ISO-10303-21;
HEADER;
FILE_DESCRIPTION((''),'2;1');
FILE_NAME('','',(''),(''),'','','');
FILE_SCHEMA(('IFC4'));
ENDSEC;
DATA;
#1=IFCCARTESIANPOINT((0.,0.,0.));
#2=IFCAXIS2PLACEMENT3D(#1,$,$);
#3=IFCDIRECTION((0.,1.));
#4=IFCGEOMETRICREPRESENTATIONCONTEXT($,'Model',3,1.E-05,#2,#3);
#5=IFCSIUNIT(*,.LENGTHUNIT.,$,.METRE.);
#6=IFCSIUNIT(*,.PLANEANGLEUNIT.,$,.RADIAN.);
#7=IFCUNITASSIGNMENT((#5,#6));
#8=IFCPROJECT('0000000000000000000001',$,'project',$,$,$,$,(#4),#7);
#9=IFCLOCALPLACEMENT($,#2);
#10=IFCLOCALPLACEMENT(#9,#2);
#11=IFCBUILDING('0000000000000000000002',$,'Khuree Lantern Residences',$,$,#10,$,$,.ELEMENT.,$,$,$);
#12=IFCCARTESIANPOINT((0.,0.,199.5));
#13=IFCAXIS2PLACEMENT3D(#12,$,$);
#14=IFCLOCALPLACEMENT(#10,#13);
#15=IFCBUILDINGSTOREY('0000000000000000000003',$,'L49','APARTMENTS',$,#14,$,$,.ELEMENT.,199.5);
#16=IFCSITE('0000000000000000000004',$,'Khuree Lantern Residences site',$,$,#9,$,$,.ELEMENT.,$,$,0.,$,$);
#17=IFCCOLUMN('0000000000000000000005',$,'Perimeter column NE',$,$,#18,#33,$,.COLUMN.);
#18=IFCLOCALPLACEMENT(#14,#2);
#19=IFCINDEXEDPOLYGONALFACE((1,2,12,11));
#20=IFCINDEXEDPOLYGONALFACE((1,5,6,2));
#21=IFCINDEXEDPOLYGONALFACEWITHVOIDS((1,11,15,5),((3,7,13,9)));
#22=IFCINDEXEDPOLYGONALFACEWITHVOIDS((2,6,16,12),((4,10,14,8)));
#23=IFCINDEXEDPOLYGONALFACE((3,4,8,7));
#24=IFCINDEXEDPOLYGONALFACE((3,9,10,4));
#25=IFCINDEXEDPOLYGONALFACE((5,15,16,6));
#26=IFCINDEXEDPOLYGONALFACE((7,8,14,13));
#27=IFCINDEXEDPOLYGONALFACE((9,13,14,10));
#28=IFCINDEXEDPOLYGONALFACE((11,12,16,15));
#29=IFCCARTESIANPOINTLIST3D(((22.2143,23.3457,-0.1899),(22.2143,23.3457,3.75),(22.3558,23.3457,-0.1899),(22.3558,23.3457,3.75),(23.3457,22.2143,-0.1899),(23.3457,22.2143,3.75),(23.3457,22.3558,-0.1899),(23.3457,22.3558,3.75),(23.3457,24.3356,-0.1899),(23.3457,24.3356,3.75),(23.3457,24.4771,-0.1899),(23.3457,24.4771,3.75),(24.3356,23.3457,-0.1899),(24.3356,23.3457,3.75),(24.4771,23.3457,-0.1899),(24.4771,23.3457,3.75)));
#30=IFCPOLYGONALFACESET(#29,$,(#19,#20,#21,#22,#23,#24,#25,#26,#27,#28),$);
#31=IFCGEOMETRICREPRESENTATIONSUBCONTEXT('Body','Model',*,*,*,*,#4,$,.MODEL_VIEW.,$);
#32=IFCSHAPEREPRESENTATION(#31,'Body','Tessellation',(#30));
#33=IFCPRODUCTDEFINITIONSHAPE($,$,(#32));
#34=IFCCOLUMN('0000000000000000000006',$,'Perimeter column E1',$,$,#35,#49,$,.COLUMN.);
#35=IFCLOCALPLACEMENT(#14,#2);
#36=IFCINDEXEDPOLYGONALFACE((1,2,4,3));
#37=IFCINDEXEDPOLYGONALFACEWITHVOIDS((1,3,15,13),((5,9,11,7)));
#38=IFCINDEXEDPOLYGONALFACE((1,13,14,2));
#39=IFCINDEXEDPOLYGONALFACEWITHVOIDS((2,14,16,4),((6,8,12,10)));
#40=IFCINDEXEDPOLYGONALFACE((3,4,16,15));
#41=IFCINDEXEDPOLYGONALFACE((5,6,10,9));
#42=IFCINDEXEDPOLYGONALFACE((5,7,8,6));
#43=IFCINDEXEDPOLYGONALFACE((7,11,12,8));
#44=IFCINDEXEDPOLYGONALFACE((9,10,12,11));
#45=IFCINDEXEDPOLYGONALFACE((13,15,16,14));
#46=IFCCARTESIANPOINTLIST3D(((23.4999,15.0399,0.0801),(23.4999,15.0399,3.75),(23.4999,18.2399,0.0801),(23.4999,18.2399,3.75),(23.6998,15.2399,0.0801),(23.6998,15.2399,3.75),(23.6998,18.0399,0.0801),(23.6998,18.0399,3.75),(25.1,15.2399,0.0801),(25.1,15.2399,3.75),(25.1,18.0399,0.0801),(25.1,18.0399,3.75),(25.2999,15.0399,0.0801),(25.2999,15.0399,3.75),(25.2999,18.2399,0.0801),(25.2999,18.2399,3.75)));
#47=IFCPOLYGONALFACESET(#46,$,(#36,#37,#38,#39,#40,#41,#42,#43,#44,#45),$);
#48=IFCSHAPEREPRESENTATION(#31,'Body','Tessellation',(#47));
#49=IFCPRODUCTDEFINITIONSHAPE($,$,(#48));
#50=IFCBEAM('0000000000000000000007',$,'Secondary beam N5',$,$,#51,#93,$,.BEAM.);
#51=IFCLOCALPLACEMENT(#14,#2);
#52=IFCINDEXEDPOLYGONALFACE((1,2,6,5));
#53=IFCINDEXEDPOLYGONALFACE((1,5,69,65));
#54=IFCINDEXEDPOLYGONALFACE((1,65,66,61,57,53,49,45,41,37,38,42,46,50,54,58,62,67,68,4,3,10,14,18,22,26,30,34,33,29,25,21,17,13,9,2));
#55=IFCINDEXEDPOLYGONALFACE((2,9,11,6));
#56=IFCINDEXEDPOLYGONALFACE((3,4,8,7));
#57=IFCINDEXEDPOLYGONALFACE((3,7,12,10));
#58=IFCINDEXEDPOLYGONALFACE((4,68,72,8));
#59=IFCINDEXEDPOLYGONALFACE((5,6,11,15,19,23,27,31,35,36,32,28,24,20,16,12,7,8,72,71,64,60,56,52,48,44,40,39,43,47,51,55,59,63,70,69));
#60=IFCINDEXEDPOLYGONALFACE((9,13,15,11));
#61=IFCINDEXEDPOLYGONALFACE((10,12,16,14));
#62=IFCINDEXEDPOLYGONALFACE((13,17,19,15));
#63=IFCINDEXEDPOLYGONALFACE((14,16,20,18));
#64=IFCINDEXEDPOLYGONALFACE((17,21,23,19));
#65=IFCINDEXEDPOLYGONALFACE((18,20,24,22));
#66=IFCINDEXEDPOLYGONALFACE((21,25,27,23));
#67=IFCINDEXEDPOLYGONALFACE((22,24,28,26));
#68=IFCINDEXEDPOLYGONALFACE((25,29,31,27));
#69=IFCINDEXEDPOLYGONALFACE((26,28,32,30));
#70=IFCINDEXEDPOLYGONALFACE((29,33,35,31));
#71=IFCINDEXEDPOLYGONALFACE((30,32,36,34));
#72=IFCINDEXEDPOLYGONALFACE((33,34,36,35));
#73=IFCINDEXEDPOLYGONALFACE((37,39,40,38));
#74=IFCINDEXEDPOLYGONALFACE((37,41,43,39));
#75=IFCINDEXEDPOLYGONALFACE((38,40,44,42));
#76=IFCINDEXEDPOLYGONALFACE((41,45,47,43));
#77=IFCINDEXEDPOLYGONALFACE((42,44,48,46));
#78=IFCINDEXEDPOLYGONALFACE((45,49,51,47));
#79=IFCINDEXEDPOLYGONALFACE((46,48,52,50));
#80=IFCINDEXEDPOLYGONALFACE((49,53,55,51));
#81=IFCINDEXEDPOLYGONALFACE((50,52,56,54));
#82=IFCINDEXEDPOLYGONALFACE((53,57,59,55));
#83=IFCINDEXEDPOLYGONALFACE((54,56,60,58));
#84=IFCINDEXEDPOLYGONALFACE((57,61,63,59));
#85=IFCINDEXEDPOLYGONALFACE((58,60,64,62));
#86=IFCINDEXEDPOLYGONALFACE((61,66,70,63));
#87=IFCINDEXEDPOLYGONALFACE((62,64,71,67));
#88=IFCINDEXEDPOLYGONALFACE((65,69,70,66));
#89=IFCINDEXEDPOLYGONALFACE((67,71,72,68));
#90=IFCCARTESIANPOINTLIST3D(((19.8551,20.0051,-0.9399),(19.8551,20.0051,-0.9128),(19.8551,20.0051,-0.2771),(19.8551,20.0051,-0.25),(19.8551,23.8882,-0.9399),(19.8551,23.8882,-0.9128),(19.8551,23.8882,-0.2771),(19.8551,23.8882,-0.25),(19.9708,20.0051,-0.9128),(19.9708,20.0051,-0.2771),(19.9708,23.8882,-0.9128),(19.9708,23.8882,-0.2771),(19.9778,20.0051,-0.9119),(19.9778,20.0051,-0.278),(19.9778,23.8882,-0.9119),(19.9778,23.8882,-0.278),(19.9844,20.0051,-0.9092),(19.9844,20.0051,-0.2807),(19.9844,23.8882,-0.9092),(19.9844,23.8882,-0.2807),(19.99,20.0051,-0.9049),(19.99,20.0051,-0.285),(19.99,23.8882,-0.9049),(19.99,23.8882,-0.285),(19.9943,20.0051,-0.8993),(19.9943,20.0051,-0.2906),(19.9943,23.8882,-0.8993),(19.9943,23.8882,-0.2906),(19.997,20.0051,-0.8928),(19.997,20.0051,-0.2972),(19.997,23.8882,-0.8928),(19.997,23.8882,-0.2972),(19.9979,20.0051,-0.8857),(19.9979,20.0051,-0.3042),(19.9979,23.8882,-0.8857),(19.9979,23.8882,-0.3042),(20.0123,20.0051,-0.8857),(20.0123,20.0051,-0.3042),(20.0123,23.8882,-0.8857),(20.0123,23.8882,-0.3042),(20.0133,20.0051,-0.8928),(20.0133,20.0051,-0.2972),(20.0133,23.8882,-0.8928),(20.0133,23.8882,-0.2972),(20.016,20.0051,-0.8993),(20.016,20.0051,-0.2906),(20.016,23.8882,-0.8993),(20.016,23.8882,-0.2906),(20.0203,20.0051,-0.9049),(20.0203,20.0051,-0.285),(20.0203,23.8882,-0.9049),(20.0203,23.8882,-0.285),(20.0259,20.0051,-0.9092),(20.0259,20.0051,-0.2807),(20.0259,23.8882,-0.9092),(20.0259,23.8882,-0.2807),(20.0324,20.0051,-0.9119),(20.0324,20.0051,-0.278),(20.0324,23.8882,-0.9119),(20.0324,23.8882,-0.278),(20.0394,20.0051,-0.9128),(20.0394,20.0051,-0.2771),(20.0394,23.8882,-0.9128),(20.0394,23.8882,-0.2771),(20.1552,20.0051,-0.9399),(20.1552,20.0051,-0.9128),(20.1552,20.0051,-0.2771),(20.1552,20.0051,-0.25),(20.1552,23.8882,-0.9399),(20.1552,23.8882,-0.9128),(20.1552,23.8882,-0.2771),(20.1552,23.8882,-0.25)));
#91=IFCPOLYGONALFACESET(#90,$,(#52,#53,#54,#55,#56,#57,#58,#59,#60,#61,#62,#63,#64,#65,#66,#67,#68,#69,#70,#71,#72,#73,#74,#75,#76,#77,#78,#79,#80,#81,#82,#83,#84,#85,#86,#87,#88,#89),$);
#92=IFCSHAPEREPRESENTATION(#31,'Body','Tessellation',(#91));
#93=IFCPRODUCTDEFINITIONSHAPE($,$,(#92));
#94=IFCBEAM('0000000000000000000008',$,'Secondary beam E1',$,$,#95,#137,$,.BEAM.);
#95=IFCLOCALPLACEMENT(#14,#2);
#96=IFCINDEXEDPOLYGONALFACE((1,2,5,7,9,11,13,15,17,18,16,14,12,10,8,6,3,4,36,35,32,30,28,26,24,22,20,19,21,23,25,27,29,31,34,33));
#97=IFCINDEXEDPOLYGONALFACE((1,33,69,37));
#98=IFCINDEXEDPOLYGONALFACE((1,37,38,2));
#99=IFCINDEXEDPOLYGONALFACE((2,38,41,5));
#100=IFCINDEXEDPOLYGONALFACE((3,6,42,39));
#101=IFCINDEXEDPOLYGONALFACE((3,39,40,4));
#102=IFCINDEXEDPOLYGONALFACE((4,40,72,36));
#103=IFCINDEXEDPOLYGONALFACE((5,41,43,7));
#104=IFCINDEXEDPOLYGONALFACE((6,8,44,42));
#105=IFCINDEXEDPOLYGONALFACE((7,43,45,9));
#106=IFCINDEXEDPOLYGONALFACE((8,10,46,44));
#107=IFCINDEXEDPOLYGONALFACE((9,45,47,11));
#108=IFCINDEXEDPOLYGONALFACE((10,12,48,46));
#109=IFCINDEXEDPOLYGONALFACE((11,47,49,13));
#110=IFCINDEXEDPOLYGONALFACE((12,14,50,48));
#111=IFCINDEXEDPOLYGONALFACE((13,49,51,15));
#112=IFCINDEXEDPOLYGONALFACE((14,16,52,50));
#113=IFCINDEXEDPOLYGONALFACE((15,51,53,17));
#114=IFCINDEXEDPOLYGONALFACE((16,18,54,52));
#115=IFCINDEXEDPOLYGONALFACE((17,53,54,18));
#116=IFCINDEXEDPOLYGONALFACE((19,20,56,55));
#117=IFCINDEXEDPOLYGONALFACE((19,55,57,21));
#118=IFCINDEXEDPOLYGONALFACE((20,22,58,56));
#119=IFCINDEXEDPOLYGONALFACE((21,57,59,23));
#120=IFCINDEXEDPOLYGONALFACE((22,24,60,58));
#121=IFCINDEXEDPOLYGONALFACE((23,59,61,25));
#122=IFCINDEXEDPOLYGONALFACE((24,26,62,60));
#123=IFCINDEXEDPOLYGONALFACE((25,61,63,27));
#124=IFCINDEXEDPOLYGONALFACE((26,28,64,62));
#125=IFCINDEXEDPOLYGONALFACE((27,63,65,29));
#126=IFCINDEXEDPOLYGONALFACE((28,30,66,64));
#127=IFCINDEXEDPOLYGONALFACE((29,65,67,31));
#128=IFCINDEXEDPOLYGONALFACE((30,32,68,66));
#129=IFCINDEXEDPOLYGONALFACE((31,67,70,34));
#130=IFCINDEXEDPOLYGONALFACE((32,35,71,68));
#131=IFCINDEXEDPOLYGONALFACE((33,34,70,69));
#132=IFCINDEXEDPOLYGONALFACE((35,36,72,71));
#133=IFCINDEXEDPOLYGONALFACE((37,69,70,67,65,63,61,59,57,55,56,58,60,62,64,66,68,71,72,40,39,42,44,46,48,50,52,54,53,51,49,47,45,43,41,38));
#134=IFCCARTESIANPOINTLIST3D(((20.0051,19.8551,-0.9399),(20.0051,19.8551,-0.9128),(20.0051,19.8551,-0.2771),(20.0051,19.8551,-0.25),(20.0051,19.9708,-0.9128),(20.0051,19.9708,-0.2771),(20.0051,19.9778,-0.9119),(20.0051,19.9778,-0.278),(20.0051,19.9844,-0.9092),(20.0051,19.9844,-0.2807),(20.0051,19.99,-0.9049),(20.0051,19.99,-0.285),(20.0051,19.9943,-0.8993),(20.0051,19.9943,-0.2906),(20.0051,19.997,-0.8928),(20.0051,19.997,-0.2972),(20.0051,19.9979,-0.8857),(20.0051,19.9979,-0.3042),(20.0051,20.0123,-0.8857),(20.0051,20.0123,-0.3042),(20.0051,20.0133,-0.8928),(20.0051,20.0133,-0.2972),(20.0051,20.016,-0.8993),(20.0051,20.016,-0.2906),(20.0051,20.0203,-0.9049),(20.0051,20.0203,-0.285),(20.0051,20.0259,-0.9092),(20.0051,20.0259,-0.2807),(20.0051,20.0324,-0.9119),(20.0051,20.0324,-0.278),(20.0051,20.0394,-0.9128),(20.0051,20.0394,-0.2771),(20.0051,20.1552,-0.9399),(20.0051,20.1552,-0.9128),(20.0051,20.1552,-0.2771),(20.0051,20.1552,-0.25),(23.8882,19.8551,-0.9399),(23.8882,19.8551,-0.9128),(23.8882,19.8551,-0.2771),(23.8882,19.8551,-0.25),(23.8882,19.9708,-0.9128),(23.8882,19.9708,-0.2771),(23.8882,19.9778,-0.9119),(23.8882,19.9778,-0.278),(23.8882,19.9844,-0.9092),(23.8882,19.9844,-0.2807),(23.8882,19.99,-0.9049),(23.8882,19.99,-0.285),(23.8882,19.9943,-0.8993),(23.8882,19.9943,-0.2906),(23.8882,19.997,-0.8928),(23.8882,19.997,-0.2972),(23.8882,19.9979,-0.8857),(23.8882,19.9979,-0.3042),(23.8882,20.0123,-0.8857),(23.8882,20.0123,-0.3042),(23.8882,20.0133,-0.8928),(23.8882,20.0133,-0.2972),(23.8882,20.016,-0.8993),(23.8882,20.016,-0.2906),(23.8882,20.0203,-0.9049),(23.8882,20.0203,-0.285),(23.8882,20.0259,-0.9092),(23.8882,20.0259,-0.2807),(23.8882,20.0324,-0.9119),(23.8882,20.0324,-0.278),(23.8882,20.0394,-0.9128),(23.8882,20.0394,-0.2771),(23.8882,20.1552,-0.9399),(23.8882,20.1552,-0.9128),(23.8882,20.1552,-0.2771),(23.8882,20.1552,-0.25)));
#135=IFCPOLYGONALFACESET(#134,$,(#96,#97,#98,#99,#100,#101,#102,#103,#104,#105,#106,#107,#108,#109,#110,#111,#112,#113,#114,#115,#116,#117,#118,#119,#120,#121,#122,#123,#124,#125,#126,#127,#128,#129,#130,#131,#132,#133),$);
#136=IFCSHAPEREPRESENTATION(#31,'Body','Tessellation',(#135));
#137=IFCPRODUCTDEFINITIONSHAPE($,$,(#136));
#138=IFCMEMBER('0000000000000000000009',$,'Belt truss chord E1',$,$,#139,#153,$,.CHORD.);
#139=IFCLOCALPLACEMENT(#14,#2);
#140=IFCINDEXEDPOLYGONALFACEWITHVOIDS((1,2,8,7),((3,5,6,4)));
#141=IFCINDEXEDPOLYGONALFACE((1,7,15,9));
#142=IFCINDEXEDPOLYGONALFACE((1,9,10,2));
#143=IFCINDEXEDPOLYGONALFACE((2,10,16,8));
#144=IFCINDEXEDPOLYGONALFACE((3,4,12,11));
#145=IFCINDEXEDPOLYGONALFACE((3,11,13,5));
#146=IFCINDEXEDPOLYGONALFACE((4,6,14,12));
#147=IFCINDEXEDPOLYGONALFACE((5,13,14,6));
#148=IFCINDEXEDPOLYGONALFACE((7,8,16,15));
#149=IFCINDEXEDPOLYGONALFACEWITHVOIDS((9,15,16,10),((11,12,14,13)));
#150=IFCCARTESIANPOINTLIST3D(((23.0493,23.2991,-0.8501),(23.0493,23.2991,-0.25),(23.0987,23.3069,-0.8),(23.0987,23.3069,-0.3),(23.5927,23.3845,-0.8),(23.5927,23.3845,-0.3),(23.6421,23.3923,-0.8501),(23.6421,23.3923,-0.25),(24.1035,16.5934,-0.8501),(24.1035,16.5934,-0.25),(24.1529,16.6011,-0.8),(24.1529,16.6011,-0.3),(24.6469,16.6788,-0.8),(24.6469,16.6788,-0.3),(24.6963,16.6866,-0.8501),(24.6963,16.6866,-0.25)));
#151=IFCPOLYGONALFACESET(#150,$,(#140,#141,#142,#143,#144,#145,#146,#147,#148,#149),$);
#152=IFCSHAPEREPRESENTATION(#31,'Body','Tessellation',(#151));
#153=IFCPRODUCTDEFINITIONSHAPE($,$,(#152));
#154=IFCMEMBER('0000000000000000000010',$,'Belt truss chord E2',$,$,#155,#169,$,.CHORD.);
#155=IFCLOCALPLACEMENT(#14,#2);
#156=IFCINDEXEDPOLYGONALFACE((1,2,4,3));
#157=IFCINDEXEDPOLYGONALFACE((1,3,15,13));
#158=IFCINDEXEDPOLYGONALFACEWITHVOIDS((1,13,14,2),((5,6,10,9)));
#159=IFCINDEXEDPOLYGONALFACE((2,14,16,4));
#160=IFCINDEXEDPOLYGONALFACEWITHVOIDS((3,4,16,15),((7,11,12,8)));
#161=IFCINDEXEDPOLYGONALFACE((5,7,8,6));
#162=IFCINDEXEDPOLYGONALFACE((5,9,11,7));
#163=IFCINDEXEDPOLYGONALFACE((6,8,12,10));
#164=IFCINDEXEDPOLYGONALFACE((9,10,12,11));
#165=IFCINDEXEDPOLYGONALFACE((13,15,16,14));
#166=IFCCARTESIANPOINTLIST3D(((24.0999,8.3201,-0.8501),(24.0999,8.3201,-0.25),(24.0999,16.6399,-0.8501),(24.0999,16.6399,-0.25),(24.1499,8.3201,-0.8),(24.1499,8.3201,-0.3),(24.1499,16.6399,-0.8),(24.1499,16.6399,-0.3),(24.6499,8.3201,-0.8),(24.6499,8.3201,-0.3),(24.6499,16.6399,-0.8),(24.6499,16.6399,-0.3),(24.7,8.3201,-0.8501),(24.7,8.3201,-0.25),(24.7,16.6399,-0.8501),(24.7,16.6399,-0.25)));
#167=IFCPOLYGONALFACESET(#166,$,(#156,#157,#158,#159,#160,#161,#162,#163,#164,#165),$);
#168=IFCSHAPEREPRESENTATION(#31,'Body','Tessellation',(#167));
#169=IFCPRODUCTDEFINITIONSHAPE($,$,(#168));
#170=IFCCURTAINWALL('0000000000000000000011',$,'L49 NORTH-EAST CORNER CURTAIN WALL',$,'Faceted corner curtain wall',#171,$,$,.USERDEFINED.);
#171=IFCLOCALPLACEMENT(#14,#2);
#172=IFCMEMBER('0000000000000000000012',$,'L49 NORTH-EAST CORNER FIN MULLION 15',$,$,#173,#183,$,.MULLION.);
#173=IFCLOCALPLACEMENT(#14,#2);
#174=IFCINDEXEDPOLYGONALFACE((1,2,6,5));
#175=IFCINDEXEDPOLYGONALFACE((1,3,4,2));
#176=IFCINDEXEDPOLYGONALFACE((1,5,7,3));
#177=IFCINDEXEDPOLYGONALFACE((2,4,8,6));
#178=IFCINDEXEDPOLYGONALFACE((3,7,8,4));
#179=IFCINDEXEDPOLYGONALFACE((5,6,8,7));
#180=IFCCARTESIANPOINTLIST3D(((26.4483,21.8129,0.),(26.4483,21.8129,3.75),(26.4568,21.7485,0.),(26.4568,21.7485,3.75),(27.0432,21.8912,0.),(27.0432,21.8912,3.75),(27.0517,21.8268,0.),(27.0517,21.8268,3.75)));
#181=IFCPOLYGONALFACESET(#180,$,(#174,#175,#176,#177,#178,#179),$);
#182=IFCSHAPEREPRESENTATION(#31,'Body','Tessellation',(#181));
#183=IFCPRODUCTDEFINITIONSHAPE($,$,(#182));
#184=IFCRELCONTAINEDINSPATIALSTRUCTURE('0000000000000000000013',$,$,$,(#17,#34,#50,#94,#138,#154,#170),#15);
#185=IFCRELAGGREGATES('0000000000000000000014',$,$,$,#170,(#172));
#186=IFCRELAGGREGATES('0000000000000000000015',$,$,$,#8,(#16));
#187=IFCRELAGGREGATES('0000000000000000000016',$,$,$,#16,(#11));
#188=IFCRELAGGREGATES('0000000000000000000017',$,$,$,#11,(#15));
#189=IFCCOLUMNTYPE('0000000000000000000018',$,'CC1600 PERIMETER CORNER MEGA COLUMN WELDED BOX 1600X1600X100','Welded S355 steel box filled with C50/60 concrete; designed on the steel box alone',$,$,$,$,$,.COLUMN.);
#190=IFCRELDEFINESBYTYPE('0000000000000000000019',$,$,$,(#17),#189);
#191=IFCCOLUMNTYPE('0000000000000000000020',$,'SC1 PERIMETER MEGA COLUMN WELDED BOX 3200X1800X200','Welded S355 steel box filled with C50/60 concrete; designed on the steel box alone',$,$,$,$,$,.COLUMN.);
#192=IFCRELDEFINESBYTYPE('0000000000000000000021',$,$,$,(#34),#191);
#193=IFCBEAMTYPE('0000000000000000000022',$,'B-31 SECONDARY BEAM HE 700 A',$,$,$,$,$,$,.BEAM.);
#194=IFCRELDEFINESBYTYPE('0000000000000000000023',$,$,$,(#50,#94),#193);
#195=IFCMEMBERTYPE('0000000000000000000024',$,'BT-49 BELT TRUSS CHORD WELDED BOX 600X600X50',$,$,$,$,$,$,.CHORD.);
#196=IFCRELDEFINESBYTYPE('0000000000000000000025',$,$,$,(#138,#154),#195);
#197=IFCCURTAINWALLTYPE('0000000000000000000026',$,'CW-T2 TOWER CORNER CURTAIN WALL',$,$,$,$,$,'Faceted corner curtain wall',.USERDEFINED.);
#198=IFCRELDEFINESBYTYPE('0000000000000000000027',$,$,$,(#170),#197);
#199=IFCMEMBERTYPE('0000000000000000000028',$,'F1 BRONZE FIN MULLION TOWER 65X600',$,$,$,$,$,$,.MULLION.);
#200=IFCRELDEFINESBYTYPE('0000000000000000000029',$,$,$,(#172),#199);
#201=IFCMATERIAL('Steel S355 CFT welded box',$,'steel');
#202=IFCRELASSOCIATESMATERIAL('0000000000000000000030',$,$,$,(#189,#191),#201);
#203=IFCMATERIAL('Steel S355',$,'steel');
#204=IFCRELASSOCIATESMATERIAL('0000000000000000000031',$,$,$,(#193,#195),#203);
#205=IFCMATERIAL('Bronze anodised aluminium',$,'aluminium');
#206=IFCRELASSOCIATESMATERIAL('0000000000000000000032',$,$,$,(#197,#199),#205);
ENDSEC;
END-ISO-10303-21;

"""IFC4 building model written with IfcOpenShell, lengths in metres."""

from ifc_helpers import new_model, si_unit, direction, frame, origin, origin_2d, place, context, subcontext, project, spatial, rectangle, hollow_rectangle, i_section, extrude, material, material_profile, profile_set, type_object, element, aggregate, save


model = new_model("IFC4")

# Units and contexts
model_context = context("Model", 3, precision=1e-05, world=origin(), true_north=direction((0.0, 1.0)))
body_context = subcontext(model_context, "Body", "Model", "MODEL_VIEW")
ifc_project = project(units=[si_unit("LENGTHUNIT", "METRE"), si_unit("PLANEANGLEUNIT", "RADIAN")], contexts=[model_context])

# Site, building, storey
site_placement = place(None, origin())
site = spatial("IfcSite", under=ifc_project, at=site_placement, Name="Khuree Lantern Residences site", CompositionType="ELEMENT", RefElevation=0.0)
building_placement = place(site_placement, origin())
building = spatial("IfcBuilding", under=site, at=building_placement, Name="Khuree Lantern Residences", CompositionType="ELEMENT")
storey_placement = place(building_placement, frame((0.0, 0.0, 199.5)))
storey = spatial("IfcBuildingStorey", under=building, at=storey_placement, Name="L49", Description="APARTMENTS", CompositionType="ELEMENT", Elevation=199.5)

# Columns
ifc_material_1 = material(Name="Steel S355 CFT welded box", Category="steel")
ifc_material_profile_1 = material_profile(ifc_material_1, hollow_rectangle(XDim=1.6001, YDim=1.6001, WallThickness=0.1001, at=origin_2d()), Name="WELDED BOX 1600X1600X100")
ifc_profile_set_1 = profile_set([ifc_material_profile_1], Name="Steel S355 CFT welded box")
column_type_1 = type_object("IfcColumnType", Name="CC1600 PERIMETER CORNER MEGA COLUMN WELDED BOX 1600X1600X100", Description="Welded S355 steel box filled with C50/60 concrete; designed on the steel box alone", PredefinedType="COLUMN", material=ifc_profile_set_1)
column_1_placement = place(storey_placement, frame((23.3457, 23.3457, -0.1899), z_axis=(0.0, 0.0, 1.0), x_axis=(0.707107, -0.707107, 0.0)))
element("IfcColumn", 1, at=column_1_placement, inside=storey, type_object=column_type_1, Name="Perimeter column NE", PredefinedType="COLUMN", context=body_context, shape_type="SweptSolid", body=[
    extrude(hollow_rectangle(XDim=1.6001, YDim=1.6001, WallThickness=0.1001, at=origin_2d()), origin(), (0.0, 0.0, 1.0), 3.9399),
])
ifc_material_profile_2 = material_profile(ifc_material_1, hollow_rectangle(XDim=3.2, YDim=1.8, WallThickness=0.2, at=origin_2d()), Name="WELDED BOX 3200X1800X200")
ifc_profile_set_2 = profile_set([ifc_material_profile_2], Name="Steel S355 CFT welded box")
column_type_2 = type_object("IfcColumnType", Name="SC1 PERIMETER MEGA COLUMN WELDED BOX 3200X1800X200", Description="Welded S355 steel box filled with C50/60 concrete; designed on the steel box alone", PredefinedType="COLUMN", material=ifc_profile_set_2)
column_2_placement = place(storey_placement, frame((24.3999, 16.6399, 0.0801), z_axis=(0.0, 0.0, 1.0), x_axis=(0.0, 1.0, 0.0)))
element("IfcColumn", 2, at=column_2_placement, inside=storey, type_object=column_type_2, Name="Perimeter column E1", PredefinedType="COLUMN", context=body_context, shape_type="SweptSolid", body=[
    extrude(hollow_rectangle(XDim=3.2, YDim=1.8, WallThickness=0.2, at=origin_2d()), origin(), (0.0, 0.0, 1.0), 3.6699),
])

# Beams
ifc_material_2 = material(Name="Steel S355", Category="steel")
ifc_material_profile_3 = material_profile(ifc_material_2, i_section(OverallWidth=0.3, OverallDepth=0.6899, WebThickness=0.0144, FlangeThickness=0.0271, FilletRadius=0.0271, at=origin_2d()), Name="HE 700 A")
ifc_profile_set_3 = profile_set([ifc_material_profile_3], Name="Steel S355")
beam_type_1 = type_object("IfcBeamType", Name="B-31 SECONDARY BEAM HE 700 A", PredefinedType="BEAM", material=ifc_profile_set_3)
for number, where, z_axis, x_axis, name in (
    (3, (20.0051, 23.8882, -0.595), (0.0, -1.0, 0.0), (1.0, 0.0, 0.0), "Secondary beam N5"),
    (4, (23.8882, 20.0051, -0.595), (-1.0, 0.0, 0.0), (0.0, -1.0, 0.0), "Secondary beam E1"),
):
    element("IfcBeam", number, at=place(storey_placement, frame(where, z_axis=z_axis, x_axis=x_axis)), inside=storey, type_object=beam_type_1, Name=name, PredefinedType="BEAM", context=body_context, shape_type="SweptSolid", body=[
        extrude(i_section(OverallWidth=0.3, OverallDepth=0.6899, WebThickness=0.0144, FlangeThickness=0.0271, FilletRadius=0.0271, at=origin_2d()), origin(), (0.0, 0.0, 1.0), 3.8831),
    ])

# Members
ifc_material_profile_4 = material_profile(ifc_material_2, hollow_rectangle(XDim=0.6001, YDim=0.6001, WallThickness=0.05, at=origin_2d()), Name="WELDED BOX 600X600X50")
ifc_profile_set_4 = profile_set([ifc_material_profile_4], Name="Steel S355")
member_type_1 = type_object("IfcMemberType", Name="BT-49 BELT TRUSS CHORD WELDED BOX 600X600X50", PredefinedType="CHORD", material=ifc_profile_set_4)
member_1_placement = place(storey_placement, frame((23.3457, 23.3457, -0.55), z_axis=(0.1553, -0.987867, 0.0), x_axis=(0.987867, 0.1553, 0.0)))
element("IfcMember", 5, at=member_1_placement, inside=storey, type_object=member_type_1, Name="Belt truss chord E1", PredefinedType="CHORD", context=body_context, shape_type="SweptSolid", body=[
    extrude(hollow_rectangle(XDim=0.6001, YDim=0.6001, WallThickness=0.05, at=origin_2d()), origin(), (0.0, 0.0, 1.0), 6.7881),
])
member_2_placement = place(storey_placement, frame((24.3999, 16.6399, -0.55), z_axis=(0.0, -1.0, 0.0), x_axis=(1.0, 0.0, 0.0)))
element("IfcMember", 6, at=member_2_placement, inside=storey, type_object=member_type_1, Name="Belt truss chord E2", PredefinedType="CHORD", context=body_context, shape_type="SweptSolid", body=[
    extrude(hollow_rectangle(XDim=0.6001, YDim=0.6001, WallThickness=0.05, at=origin_2d()), origin(), (0.0, 0.0, 1.0), 8.3198),
])

# Curtain wall, member
ifc_material_3 = material(Name="Bronze anodised aluminium", Category="aluminium")
curtain_wall_type_1 = type_object("IfcCurtainWallType", Name="CW-T2 TOWER CORNER CURTAIN WALL", ElementType="Faceted corner curtain wall", PredefinedType="USERDEFINED", material=ifc_material_3)
curtain_wall_1_placement = place(storey_placement, origin())
curtain_wall_1 = element("IfcCurtainWall", 7, at=curtain_wall_1_placement, inside=storey, type_object=curtain_wall_type_1, Name="L49 NORTH-EAST CORNER CURTAIN WALL", ObjectType="Faceted corner curtain wall", PredefinedType="USERDEFINED")
ifc_material_profile_5 = material_profile(ifc_material_3, rectangle(XDim=0.0649, YDim=0.6001, at=origin_2d()), Name="F1 65X600")
ifc_profile_set_5 = profile_set([ifc_material_profile_5], Name="Bronze anodised aluminium")
member_type_2 = type_object("IfcMemberType", Name="F1 BRONZE FIN MULLION TOWER 65X600", PredefinedType="MULLION", material=ifc_profile_set_5)
member_3_placement = place(storey_placement, frame((26.75, 21.8198, 0.0), z_axis=(0.0, 0.0, 1.0), x_axis=(-0.130526, 0.991445, 0.0)))
member_3 = element("IfcMember", 8, at=member_3_placement, type_object=member_type_2, Name="L49 NORTH-EAST CORNER FIN MULLION 15", PredefinedType="MULLION", context=body_context, shape_type="SweptSolid", body=[
    extrude(rectangle(XDim=0.0649, YDim=0.6001, at=origin_2d()), origin(), (0.0, 0.0, 1.0), 3.75),
])

aggregate(curtain_wall_1, [member_3])

save(model, "model.ifc")
